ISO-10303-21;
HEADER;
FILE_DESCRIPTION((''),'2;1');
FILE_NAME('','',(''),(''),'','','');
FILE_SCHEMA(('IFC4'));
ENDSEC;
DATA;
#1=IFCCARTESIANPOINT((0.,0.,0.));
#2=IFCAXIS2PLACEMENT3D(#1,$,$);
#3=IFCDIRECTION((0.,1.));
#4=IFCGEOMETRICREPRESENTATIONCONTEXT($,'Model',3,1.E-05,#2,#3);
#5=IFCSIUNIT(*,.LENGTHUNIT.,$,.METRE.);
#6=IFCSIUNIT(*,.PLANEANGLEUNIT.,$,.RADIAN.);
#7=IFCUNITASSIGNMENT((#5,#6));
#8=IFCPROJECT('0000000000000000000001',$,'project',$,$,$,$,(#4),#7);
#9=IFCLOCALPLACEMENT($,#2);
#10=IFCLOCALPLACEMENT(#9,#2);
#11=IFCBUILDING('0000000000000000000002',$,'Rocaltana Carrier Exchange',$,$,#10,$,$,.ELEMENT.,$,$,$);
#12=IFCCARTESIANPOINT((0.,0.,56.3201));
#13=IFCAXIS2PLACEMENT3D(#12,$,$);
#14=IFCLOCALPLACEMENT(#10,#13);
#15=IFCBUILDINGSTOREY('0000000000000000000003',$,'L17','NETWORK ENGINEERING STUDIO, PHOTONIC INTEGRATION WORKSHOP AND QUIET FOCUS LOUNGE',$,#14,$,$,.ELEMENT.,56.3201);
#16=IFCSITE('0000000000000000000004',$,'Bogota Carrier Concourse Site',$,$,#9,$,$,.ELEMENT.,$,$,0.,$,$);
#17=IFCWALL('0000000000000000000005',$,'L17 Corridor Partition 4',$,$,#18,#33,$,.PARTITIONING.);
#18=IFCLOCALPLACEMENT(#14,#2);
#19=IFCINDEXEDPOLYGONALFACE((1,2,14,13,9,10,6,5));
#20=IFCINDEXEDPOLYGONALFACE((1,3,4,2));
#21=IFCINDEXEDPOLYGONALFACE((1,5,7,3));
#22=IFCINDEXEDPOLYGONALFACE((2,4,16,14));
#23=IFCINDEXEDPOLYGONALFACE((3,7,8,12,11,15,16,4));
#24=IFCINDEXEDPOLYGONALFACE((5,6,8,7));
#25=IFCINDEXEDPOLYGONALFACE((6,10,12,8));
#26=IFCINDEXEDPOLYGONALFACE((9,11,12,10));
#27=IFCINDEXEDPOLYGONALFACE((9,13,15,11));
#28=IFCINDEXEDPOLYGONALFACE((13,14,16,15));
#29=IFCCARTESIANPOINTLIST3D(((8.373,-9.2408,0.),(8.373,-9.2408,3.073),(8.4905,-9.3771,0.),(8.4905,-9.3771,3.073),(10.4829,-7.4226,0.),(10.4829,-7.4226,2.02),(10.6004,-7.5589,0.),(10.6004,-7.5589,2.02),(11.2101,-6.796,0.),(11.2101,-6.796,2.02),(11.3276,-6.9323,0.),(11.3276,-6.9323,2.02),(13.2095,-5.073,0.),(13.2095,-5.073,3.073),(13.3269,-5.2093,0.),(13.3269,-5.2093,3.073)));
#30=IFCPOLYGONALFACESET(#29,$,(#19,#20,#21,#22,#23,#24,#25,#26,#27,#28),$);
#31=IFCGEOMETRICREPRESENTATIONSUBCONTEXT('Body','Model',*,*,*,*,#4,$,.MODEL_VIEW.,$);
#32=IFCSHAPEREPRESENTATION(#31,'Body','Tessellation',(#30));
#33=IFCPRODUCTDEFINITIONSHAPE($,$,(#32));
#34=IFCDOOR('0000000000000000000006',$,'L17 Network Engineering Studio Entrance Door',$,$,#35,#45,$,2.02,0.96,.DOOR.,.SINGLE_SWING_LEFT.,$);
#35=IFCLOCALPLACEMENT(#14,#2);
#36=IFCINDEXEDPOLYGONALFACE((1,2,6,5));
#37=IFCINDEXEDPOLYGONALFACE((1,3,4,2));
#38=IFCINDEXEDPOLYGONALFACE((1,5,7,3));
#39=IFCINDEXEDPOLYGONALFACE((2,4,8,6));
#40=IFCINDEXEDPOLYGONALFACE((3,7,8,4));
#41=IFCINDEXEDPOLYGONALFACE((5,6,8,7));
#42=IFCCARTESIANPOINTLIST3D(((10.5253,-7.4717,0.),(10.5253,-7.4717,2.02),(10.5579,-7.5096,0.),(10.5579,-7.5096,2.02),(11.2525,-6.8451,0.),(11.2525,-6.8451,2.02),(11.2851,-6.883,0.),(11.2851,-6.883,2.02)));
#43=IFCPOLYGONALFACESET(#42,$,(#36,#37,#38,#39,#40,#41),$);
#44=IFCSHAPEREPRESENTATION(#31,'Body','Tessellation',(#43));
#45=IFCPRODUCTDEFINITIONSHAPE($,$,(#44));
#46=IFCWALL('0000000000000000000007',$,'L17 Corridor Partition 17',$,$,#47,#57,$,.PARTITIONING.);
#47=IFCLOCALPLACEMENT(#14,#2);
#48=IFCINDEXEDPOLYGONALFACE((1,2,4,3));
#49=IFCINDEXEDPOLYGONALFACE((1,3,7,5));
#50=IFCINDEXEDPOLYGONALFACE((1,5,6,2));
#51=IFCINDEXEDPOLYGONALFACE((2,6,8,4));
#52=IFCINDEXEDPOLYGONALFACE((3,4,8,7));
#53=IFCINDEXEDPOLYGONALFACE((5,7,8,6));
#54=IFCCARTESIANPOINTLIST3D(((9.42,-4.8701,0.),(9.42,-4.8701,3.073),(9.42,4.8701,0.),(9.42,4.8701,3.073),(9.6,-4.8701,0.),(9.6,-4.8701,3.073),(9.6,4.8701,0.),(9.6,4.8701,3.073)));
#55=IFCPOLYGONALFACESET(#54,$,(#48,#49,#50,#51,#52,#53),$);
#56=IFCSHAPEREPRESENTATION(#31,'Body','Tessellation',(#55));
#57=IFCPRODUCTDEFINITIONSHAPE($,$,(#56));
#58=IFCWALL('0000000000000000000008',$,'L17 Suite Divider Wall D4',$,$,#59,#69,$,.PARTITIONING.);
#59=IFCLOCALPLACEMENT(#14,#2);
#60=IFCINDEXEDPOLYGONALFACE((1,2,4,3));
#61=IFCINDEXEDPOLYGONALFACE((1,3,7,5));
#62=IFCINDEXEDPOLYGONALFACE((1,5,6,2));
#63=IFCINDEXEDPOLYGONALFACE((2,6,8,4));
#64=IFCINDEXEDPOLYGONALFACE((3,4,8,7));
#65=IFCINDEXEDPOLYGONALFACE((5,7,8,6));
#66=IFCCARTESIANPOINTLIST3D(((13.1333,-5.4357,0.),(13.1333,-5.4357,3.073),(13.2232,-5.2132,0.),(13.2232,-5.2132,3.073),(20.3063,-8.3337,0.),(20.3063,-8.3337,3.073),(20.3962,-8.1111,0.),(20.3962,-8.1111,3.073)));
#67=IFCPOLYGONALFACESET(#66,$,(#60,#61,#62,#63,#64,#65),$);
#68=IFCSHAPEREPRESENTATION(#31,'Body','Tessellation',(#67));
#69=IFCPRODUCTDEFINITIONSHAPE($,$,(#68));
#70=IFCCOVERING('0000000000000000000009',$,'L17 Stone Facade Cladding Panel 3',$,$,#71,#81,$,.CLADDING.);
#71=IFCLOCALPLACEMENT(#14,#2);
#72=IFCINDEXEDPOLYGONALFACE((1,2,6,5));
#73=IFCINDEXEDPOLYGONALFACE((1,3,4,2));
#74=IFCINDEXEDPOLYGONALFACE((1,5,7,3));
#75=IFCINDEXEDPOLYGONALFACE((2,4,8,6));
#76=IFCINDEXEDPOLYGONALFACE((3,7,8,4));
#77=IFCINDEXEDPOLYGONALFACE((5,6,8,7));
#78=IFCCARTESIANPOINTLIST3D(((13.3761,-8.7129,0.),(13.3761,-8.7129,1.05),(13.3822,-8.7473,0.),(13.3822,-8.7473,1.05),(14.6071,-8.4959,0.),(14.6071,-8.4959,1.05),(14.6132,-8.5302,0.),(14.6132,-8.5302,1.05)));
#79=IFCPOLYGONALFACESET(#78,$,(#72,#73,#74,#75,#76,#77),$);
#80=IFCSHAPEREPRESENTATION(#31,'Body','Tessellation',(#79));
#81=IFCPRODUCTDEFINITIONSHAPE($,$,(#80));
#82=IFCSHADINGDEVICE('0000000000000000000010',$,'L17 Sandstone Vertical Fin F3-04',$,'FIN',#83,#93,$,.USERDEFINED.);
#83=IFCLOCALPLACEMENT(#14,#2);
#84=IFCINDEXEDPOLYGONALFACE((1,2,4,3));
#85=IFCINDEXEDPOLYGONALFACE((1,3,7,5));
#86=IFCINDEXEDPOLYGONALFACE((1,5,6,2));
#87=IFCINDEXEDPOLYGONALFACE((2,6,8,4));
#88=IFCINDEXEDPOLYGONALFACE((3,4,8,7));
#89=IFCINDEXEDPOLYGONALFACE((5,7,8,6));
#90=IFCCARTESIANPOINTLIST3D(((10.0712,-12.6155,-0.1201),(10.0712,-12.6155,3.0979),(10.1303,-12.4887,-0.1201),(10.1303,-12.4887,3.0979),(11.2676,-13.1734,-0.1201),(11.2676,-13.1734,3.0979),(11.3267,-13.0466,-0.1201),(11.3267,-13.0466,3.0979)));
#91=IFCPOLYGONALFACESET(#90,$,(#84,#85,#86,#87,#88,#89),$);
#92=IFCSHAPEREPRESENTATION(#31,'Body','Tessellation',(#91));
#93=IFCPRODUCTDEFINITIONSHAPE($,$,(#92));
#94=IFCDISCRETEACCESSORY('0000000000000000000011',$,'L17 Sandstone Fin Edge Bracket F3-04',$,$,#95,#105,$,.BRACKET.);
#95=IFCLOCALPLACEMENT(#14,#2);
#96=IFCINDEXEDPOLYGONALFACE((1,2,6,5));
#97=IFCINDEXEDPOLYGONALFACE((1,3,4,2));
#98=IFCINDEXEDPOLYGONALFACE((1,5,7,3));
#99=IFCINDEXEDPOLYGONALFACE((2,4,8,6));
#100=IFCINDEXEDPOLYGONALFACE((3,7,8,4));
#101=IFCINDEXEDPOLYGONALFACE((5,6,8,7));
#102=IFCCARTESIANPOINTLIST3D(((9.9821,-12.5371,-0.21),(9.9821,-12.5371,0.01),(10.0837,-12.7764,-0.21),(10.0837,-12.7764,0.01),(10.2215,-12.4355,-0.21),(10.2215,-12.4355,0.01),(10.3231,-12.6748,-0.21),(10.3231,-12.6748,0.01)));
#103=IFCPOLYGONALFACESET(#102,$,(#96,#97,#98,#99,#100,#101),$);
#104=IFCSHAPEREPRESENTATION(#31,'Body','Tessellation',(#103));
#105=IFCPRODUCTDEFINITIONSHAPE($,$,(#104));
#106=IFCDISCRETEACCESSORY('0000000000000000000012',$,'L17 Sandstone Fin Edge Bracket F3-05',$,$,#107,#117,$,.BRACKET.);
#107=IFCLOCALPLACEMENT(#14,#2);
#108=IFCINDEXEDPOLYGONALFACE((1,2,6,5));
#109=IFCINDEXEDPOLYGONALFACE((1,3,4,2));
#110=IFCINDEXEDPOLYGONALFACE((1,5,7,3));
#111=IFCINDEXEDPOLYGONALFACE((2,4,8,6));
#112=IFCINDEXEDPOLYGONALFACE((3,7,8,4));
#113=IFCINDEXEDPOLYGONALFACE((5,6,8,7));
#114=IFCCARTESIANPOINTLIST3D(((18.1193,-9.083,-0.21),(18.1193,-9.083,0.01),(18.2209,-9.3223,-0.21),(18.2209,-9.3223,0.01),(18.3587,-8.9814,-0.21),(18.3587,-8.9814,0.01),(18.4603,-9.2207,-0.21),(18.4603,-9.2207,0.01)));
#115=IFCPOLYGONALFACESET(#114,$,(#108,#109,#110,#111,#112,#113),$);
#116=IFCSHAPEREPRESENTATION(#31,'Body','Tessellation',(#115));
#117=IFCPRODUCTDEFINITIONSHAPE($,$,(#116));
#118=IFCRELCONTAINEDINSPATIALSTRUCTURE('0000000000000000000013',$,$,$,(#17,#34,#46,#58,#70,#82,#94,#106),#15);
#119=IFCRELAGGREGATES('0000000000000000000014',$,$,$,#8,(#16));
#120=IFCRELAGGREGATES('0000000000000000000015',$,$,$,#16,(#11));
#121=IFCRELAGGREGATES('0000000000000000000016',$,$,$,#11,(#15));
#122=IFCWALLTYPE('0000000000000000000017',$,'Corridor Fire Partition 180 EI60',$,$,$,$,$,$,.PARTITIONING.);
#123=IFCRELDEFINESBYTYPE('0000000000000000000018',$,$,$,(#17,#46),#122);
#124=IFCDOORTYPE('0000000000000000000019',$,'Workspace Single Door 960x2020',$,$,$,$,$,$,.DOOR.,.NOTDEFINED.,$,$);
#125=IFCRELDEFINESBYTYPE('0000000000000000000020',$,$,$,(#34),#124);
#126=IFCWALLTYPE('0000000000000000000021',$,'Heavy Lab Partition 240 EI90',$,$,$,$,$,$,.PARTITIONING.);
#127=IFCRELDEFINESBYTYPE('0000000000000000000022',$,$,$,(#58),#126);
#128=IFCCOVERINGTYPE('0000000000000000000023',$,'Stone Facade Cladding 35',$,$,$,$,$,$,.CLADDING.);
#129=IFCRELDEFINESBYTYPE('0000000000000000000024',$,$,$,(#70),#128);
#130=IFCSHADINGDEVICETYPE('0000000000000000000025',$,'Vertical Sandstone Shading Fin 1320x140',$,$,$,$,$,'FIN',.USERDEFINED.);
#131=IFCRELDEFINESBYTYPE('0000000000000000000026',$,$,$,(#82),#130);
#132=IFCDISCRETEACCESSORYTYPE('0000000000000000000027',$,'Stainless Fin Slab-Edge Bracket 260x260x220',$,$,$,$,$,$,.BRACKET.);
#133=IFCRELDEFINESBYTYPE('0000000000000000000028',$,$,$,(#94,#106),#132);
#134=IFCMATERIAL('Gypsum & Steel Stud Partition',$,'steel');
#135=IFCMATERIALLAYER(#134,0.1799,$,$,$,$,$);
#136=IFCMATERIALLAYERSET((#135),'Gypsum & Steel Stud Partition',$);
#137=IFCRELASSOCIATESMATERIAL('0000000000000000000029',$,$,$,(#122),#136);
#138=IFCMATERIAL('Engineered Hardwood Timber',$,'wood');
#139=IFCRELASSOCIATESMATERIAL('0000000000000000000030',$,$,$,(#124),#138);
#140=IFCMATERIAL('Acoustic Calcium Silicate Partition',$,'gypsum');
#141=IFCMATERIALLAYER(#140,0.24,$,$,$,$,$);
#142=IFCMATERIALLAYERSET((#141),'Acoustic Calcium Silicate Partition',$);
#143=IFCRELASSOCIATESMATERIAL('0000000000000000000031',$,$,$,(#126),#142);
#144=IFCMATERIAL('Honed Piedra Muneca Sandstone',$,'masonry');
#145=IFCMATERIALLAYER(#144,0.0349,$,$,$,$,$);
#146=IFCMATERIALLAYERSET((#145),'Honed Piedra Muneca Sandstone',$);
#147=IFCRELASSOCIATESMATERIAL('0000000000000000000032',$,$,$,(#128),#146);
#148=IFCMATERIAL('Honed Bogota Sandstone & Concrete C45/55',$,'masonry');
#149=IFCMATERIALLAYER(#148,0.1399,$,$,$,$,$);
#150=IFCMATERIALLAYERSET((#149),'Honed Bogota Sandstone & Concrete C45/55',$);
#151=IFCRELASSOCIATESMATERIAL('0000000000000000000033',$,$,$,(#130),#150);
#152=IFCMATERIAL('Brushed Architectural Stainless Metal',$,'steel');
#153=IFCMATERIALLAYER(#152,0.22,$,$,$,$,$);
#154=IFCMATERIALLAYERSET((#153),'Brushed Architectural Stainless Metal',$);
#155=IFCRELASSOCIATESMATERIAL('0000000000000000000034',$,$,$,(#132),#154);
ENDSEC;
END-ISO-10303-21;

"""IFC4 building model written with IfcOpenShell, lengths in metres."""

from ifc_helpers import new_model, si_unit, direction, frame, frame_2d, origin, origin_2d, place, context, subcontext, project, spatial, rectangle, extrude, material, layer, layer_set, type_object, element, fill, save


model = new_model("IFC4")

# Units and contexts
model_context = context("Model", 3, precision=1e-05, world=origin(), true_north=direction((0.0, 1.0)))
body_context = subcontext(model_context, "Body", "Model", "MODEL_VIEW")
ifc_project = project(units=[si_unit("LENGTHUNIT", "METRE"), si_unit("PLANEANGLEUNIT", "RADIAN")], contexts=[model_context])

# Site, building, storey
site_placement = place(None, origin())
site = spatial("IfcSite", under=ifc_project, at=site_placement, Name="Bogota Carrier Concourse Site", CompositionType="ELEMENT", RefElevation=0.0)
building_placement = place(site_placement, origin())
building = spatial("IfcBuilding", under=site, at=building_placement, Name="Rocaltana Carrier Exchange", CompositionType="ELEMENT")
storey_placement = place(building_placement, frame((0.0, 0.0, 56.3201)))
storey = spatial("IfcBuildingStorey", under=building, at=storey_placement, Name="L17", Description="NETWORK ENGINEERING STUDIO, PHOTONIC INTEGRATION WORKSHOP AND QUIET FOCUS LOUNGE", CompositionType="ELEMENT", Elevation=56.3201)

# Wall, opening, door
ifc_material_1 = material(Name="Gypsum & Steel Stud Partition", Category="steel")
ifc_layer_1 = layer(ifc_material_1, 0.1799)
ifc_layer_set_1 = layer_set([ifc_layer_1], Name="Gypsum & Steel Stud Partition")
wall_type_1 = type_object("IfcWallType", Name="Corridor Fire Partition 180 EI60", PredefinedType="PARTITIONING", material=ifc_layer_set_1)
wall_1_placement = place(storey_placement, frame((13.2683, -5.1411, 0.0), z_axis=(0.0, 0.0, 1.0), x_axis=(-0.757535, -0.652795, 0.0)))
wall_1 = element("IfcWall", 1, at=wall_1_placement, inside=storey, type_object=wall_type_1, Name="L17 Corridor Partition 4", PredefinedType="PARTITIONING", context=body_context, shape_type="SweptSolid", body=[
    extrude(rectangle(XDim=6.3845, YDim=0.1799, at=frame_2d((3.1924, 0.0))), origin(), (0.0, 0.0, 1.0), 3.073),
])
opening_placement = place(wall_1_placement, frame((2.6394, 0.0, 0.0)))
opening = element("IfcOpeningElement", 2, at=opening_placement, cuts=wall_1, PredefinedType="OPENING", context=body_context, shape_type="SweptSolid", body=[
    extrude(rectangle(XDim=0.96, YDim=2.02, at=frame_2d((0.48, 1.01))), frame((0.0, 0.0999, 0.0), z_axis=(0.0, -1.0, 0.0), x_axis=(1.0, 0.0, 0.0)), (0.0, 0.0, 1.0), 0.2),
])
ifc_material_2 = material(Name="Engineered Hardwood Timber", Category="wood")
door_type = type_object("IfcDoorType", Name="Workspace Single Door 960x2020", OperationType="NOTDEFINED", PredefinedType="DOOR", material=ifc_material_2)
door_placement = place(opening_placement, origin())
door = element("IfcDoor", 3, at=door_placement, inside=storey, type_object=door_type, Name="L17 Network Engineering Studio Entrance Door", OperationType="SINGLE_SWING_LEFT", OverallHeight=2.02, OverallWidth=0.96, PredefinedType="DOOR", context=body_context, shape_type="SweptSolid", body=[
    extrude(rectangle(XDim=0.96, YDim=2.02, at=frame_2d((0.48, 1.01))), frame((0.0, 0.0249, 0.0), z_axis=(0.0, -1.0, 0.0), x_axis=(1.0, 0.0, 0.0)), (0.0, 0.0, 1.0), 0.05),
])
fill(opening, door)

# Walls
wall_2_placement = place(storey_placement, frame((9.51, -4.8701, 0.0), z_axis=(0.0, 0.0, 1.0), x_axis=(0.0, 1.0, 0.0)))
element("IfcWall", 4, at=wall_2_placement, inside=storey, type_object=wall_type_1, Name="L17 Corridor Partition 17", PredefinedType="PARTITIONING", context=body_context, shape_type="SweptSolid", body=[
    extrude(rectangle(XDim=9.7402, YDim=0.1799, at=frame_2d((4.8701, 0.0))), origin(), (0.0, 0.0, 1.0), 3.073),
])
ifc_material_3 = material(Name="Acoustic Calcium Silicate Partition", Category="gypsum")
ifc_layer_2 = layer(ifc_material_3, 0.24)
ifc_layer_set_2 = layer_set([ifc_layer_2], Name="Acoustic Calcium Silicate Partition")
wall_type_2 = type_object("IfcWallType", Name="Heavy Lab Partition 240 EI90", PredefinedType="PARTITIONING", material=ifc_layer_set_2)
wall_3_placement = place(storey_placement, frame((13.1782, -5.3245, 0.0), z_axis=(0.0, 0.0, 1.0), x_axis=(0.927191, -0.374588, 0.0)))
element("IfcWall", 5, at=wall_3_placement, inside=storey, type_object=wall_type_2, Name="L17 Suite Divider Wall D4", PredefinedType="PARTITIONING", context=body_context, shape_type="SweptSolid", body=[
    extrude(rectangle(XDim=7.7363, YDim=0.24, at=frame_2d((3.8682, 0.0))), origin(), (0.0, 0.0, 1.0), 3.073),
])

# Covering
ifc_material_4 = material(Name="Honed Piedra Muneca Sandstone", Category="masonry")
ifc_layer_3 = layer(ifc_material_4, 0.0349)
ifc_layer_set_3 = layer_set([ifc_layer_3], Name="Honed Piedra Muneca Sandstone")
covering_type = type_object("IfcCoveringType", Name="Stone Facade Cladding 35", PredefinedType="CLADDING", material=ifc_layer_set_3)
covering_placement = place(storey_placement, frame((13.9946, -8.6216, 0.0), z_axis=(0.0, 0.0, 1.0), x_axis=(0.984808, 0.173648, 0.0)))
element("IfcCovering", 6, at=covering_placement, inside=storey, type_object=covering_type, Name="L17 Stone Facade Cladding Panel 3", PredefinedType="CLADDING", context=body_context, shape_type="SweptSolid", body=[
    extrude(rectangle(XDim=1.25, YDim=0.0349, at=origin_2d()), origin(), (0.0, 0.0, 1.0), 1.05),
])

# Shading device
ifc_material_5 = material(Name="Honed Bogota Sandstone & Concrete C45/55", Category="masonry")
ifc_layer_4 = layer(ifc_material_5, 0.1399)
ifc_layer_set_4 = layer_set([ifc_layer_4], Name="Honed Bogota Sandstone & Concrete C45/55")
shading_device_type = type_object("IfcShadingDeviceType", Name="Vertical Sandstone Shading Fin 1320x140", ElementType="FIN", PredefinedType="USERDEFINED", material=ifc_layer_set_4)
shading_device_placement = place(storey_placement, frame((10.699, -12.8311, -0.1201), z_axis=(0.0, 0.0, 1.0), x_axis=(0.906308, -0.422618, 0.0)))
element("IfcShadingDevice", 7, at=shading_device_placement, inside=storey, type_object=shading_device_type, Name="L17 Sandstone Vertical Fin F3-04", ObjectType="FIN", PredefinedType="USERDEFINED", context=body_context, shape_type="SweptSolid", body=[
    extrude(rectangle(XDim=1.3201, YDim=0.1399, at=origin_2d()), origin(), (0.0, 0.0, 1.0), 3.218),
])

# Discrete accessories
ifc_material_6 = material(Name="Brushed Architectural Stainless Metal", Category="steel")
ifc_layer_5 = layer(ifc_material_6, 0.22)
ifc_layer_set_5 = layer_set([ifc_layer_5], Name="Brushed Architectural Stainless Metal")
discrete_accessory_type = type_object("IfcDiscreteAccessoryType", Name="Stainless Fin Slab-Edge Bracket 260x260x220", PredefinedType="BRACKET", material=ifc_layer_set_5)
for number, where, z_axis, x_axis, name in (
    (8, (10.1526, -12.606, -0.21), (0.0, 0.0, 1.0), (0.920505, 0.390731, 0.0), "L17 Sandstone Fin Edge Bracket F3-04"),
    (9, (18.2898, -9.1519, -0.21), (0.0, 0.0, 1.0), (0.920505, 0.390731, 0.0), "L17 Sandstone Fin Edge Bracket F3-05"),
):
    element("IfcDiscreteAccessory", number, at=place(storey_placement, frame(where, z_axis=z_axis, x_axis=x_axis)), inside=storey, type_object=discrete_accessory_type, Name=name, PredefinedType="BRACKET", context=body_context, shape_type="SweptSolid", body=[
        extrude(rectangle(XDim=0.26, YDim=0.26, at=origin_2d()), origin(), (0.0, 0.0, 1.0), 0.22),
    ])

save(model, "model.ifc")
